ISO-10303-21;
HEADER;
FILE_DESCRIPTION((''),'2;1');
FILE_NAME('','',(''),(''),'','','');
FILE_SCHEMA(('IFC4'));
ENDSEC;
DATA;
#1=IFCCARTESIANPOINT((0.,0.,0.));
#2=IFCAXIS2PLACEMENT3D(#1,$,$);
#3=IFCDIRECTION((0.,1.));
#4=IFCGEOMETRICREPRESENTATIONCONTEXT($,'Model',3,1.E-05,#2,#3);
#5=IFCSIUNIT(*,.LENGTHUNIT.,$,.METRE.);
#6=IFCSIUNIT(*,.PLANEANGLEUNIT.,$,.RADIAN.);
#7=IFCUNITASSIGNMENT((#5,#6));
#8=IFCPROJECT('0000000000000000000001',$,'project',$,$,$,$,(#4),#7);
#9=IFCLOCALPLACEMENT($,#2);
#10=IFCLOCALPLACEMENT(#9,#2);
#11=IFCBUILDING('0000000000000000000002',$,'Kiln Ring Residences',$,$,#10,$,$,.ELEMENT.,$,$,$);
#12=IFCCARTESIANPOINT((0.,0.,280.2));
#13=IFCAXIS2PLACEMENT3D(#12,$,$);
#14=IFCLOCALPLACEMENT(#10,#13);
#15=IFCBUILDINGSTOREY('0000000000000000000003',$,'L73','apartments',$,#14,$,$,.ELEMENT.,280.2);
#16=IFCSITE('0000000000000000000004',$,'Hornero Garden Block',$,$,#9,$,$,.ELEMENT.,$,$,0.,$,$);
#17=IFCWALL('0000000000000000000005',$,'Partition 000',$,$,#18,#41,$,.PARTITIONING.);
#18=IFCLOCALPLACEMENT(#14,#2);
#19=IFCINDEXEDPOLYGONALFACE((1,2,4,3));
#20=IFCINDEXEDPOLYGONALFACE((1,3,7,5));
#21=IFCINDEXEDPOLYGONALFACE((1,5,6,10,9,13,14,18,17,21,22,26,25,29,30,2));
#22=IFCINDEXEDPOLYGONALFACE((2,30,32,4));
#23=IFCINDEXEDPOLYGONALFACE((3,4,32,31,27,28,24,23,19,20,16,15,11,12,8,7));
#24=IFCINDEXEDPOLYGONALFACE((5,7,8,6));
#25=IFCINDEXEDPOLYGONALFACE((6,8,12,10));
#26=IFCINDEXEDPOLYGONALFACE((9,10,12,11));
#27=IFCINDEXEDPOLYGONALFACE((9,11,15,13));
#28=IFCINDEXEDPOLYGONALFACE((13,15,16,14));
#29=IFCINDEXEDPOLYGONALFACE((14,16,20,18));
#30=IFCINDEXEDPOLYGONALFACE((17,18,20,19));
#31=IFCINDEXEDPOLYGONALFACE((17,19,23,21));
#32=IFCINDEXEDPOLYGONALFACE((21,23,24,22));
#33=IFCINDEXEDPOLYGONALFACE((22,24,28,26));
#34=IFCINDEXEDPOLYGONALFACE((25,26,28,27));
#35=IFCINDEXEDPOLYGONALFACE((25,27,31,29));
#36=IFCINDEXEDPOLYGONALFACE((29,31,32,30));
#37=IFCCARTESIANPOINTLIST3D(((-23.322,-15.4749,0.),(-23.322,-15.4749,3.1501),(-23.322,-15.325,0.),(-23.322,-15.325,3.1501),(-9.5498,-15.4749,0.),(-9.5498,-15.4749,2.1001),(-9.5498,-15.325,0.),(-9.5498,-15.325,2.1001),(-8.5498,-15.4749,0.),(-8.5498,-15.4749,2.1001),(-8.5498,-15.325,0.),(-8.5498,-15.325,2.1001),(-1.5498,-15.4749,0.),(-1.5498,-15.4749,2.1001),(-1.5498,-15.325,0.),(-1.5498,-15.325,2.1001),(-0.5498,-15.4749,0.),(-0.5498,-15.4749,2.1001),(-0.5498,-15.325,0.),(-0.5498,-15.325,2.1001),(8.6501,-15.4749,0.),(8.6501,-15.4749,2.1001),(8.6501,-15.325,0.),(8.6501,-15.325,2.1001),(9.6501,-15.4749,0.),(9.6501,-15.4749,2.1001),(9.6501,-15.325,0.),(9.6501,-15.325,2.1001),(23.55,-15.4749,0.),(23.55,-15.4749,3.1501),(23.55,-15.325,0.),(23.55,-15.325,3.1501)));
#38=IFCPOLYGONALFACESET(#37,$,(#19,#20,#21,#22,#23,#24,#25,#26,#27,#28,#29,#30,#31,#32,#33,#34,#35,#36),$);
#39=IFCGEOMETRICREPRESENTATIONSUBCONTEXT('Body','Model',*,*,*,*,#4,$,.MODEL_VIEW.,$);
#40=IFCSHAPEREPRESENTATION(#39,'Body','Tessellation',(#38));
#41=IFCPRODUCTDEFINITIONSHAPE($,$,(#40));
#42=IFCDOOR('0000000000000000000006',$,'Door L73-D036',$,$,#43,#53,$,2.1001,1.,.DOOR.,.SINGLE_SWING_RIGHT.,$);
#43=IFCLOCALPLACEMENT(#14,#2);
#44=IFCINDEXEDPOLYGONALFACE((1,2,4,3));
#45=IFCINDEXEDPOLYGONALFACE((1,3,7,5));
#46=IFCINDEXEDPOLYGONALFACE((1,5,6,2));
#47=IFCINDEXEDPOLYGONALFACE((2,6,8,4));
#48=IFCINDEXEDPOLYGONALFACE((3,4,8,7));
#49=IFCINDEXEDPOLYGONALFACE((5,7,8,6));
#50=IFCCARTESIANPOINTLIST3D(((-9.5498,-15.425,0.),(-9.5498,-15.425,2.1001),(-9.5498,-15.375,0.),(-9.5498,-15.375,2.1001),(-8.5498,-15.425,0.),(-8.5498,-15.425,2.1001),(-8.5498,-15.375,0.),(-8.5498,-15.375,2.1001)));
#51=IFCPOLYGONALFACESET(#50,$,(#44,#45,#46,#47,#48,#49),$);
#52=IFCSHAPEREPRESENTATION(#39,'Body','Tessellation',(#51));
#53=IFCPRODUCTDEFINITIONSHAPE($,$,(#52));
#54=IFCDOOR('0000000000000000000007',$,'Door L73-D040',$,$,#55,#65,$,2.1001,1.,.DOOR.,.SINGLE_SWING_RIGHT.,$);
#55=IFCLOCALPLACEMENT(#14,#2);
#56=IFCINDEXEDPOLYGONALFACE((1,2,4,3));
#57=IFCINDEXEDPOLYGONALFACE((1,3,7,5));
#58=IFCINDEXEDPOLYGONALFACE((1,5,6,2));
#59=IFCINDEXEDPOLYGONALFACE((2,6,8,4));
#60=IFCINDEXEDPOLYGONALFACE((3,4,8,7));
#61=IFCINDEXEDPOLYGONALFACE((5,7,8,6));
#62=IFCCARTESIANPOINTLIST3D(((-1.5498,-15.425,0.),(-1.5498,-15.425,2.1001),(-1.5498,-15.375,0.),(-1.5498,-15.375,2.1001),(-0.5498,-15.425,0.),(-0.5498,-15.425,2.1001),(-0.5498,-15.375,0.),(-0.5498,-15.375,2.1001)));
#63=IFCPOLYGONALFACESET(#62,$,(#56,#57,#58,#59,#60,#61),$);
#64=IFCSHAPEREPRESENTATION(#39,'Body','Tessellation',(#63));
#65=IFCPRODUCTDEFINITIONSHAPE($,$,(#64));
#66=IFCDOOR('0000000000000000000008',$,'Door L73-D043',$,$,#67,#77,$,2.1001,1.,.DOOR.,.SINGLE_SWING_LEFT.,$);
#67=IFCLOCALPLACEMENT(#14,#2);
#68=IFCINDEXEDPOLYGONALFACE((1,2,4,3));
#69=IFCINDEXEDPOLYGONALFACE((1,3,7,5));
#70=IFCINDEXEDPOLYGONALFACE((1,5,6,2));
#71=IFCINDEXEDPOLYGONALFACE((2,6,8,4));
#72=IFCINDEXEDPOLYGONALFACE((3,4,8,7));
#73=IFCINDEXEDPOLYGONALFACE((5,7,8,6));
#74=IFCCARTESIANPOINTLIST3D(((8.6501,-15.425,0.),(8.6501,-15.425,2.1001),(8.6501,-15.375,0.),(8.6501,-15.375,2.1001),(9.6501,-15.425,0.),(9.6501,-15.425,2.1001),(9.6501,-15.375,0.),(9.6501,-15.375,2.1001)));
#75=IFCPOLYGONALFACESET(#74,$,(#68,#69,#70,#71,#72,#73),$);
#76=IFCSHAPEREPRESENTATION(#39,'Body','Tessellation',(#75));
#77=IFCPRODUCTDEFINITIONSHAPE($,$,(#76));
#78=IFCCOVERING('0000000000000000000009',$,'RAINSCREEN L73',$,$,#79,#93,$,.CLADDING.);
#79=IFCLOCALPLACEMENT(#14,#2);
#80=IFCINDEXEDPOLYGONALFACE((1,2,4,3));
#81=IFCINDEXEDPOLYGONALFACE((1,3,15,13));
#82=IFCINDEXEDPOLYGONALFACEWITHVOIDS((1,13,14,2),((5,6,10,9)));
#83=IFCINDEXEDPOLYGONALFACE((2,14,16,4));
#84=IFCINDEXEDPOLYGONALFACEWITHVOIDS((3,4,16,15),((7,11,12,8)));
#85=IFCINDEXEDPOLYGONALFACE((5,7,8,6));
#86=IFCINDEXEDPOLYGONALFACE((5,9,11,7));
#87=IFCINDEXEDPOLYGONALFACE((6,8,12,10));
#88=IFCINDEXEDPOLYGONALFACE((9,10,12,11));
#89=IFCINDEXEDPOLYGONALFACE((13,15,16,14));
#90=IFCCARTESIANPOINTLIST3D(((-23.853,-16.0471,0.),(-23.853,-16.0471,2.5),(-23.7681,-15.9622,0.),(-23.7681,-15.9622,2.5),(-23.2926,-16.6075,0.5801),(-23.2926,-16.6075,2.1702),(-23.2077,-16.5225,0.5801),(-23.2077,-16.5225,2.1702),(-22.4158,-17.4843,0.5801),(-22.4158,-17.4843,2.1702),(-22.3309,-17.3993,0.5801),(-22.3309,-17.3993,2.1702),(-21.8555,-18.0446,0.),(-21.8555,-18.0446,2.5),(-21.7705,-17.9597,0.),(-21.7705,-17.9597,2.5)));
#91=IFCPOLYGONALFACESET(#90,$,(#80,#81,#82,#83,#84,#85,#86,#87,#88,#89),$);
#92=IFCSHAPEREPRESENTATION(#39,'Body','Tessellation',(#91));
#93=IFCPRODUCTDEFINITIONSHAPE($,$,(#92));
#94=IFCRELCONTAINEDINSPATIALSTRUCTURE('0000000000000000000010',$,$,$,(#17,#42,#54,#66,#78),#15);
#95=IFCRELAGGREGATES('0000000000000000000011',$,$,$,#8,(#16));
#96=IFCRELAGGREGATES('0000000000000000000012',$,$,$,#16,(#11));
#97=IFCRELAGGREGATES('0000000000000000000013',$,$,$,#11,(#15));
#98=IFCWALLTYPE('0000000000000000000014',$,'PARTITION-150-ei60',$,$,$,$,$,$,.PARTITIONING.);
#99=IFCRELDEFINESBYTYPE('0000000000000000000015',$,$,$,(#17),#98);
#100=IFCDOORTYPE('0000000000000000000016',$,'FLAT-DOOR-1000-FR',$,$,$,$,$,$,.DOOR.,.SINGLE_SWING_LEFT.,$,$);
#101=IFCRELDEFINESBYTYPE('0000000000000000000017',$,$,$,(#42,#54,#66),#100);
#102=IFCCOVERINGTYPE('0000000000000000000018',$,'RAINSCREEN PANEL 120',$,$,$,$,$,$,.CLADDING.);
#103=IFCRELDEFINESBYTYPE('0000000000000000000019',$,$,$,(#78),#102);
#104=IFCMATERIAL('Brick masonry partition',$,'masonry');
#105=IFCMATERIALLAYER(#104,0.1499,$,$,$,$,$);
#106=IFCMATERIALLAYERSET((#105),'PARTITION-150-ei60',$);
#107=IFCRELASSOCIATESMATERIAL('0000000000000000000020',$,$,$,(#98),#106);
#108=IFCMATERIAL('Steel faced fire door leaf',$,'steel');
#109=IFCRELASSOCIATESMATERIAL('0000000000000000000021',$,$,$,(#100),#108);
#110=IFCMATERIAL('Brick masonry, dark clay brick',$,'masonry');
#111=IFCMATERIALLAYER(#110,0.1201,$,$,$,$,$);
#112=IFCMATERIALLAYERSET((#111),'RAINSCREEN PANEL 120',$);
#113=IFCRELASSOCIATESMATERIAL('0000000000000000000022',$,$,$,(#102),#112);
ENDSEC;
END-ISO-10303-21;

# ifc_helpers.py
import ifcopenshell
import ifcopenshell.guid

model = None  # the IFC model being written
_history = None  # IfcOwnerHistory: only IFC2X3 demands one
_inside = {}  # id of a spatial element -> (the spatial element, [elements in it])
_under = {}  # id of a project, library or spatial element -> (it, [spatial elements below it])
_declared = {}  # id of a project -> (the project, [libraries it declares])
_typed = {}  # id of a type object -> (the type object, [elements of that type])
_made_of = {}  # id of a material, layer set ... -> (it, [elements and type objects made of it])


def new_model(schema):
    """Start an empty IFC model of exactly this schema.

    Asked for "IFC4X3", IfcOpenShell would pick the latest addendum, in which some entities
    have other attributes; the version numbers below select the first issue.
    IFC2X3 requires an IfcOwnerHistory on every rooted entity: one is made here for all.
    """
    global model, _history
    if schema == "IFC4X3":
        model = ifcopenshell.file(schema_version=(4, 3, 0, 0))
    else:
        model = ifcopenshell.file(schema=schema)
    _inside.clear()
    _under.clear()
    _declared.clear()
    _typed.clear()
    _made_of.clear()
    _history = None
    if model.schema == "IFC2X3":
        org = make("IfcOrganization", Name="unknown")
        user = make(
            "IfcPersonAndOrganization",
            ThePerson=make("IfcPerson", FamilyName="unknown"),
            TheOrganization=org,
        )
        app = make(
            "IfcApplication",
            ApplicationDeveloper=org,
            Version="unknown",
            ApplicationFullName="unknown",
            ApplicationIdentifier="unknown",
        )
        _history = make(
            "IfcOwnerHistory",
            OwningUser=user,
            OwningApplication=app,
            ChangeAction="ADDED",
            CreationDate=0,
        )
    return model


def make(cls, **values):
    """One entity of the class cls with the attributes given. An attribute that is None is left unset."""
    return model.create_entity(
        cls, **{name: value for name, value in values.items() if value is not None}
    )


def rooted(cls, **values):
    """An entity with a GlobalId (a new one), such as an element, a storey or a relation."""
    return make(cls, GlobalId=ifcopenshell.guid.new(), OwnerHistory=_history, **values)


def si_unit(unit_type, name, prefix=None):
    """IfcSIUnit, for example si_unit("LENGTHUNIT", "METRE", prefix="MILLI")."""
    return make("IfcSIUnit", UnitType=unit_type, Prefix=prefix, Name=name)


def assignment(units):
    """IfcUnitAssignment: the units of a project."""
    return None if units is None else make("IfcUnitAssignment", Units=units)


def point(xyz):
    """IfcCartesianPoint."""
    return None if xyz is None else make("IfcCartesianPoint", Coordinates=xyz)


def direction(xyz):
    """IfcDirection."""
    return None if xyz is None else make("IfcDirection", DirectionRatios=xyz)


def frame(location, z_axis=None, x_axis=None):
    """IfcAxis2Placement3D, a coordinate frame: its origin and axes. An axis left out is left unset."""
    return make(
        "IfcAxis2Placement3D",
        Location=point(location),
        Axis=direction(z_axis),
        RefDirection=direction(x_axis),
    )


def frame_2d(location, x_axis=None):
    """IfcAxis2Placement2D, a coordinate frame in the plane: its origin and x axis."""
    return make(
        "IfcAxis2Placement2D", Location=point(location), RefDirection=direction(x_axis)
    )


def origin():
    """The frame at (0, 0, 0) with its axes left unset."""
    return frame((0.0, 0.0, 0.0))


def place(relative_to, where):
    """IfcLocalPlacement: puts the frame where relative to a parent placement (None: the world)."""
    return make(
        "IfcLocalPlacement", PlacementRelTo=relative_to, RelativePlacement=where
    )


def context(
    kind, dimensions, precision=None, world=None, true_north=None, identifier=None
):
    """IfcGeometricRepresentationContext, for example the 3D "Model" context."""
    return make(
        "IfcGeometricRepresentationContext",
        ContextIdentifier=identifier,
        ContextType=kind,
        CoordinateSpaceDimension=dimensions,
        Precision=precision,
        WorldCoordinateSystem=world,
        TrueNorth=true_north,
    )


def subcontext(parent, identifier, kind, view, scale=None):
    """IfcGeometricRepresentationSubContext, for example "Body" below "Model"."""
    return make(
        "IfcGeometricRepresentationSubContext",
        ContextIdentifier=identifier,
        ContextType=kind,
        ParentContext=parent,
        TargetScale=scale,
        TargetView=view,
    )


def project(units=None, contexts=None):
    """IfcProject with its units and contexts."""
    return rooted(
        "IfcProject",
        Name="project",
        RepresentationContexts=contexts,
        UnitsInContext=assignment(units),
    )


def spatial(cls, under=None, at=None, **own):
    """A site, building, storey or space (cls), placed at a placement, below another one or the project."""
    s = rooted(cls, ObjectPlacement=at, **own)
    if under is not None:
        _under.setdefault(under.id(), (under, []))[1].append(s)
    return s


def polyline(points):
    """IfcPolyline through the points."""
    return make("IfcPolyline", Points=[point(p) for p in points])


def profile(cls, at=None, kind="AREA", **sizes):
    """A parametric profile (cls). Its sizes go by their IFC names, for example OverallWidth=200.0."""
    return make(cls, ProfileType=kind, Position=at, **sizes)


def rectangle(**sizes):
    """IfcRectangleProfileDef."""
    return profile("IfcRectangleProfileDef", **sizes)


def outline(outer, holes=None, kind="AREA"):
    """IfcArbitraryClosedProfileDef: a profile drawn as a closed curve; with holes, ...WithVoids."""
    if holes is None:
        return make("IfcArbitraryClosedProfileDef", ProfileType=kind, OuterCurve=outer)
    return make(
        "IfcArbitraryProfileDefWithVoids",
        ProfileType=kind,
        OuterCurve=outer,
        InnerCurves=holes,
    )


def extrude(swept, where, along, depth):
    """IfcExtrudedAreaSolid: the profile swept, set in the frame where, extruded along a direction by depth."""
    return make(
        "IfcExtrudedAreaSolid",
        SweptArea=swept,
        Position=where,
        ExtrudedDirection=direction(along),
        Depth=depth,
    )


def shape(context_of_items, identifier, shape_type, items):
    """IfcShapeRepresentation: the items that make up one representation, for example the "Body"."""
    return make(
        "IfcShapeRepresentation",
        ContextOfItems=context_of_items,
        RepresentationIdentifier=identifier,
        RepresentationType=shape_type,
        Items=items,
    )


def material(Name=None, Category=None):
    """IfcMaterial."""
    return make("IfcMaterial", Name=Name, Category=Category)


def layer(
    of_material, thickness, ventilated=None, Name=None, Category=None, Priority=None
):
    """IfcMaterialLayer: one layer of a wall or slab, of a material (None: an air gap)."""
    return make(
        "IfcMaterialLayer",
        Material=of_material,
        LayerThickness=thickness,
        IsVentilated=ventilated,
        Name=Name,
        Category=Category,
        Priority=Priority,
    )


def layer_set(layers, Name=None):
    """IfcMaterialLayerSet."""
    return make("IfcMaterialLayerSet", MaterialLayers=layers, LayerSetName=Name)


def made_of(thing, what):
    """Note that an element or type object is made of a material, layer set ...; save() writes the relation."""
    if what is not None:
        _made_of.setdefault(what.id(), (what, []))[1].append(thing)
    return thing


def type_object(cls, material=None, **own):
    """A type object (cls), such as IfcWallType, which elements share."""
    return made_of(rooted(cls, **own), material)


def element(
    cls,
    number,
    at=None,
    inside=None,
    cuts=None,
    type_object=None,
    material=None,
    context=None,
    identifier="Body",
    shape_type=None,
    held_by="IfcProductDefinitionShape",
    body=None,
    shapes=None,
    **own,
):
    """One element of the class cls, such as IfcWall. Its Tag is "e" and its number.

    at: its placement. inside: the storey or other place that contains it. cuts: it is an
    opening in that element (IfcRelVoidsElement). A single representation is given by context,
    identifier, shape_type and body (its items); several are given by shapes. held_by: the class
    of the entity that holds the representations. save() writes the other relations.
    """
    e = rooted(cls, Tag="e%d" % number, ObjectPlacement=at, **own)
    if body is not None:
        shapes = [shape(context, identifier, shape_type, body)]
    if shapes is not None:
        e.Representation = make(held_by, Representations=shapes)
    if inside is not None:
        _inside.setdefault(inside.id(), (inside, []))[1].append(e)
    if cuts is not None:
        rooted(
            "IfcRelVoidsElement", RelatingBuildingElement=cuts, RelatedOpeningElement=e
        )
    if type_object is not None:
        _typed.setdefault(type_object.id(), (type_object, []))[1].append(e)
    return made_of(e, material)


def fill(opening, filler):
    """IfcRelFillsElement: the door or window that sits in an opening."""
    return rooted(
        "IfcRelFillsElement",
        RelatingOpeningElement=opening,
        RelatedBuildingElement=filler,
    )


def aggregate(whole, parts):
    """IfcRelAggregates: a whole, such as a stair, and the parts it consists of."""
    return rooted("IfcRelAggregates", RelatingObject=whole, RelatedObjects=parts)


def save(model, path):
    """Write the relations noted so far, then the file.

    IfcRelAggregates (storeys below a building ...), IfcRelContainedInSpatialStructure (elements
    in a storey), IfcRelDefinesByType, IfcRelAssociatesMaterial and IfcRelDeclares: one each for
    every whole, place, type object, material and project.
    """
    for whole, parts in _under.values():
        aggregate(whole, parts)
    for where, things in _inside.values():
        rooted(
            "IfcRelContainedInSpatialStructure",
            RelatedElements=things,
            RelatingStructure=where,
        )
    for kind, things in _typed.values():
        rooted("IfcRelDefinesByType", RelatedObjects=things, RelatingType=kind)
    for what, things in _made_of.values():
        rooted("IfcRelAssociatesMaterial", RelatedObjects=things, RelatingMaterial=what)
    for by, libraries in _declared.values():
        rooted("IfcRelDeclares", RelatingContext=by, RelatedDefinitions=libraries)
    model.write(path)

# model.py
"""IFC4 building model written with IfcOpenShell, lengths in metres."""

from ifc_helpers import new_model, si_unit, direction, frame, frame_2d, origin, place, context, subcontext, project, spatial, polyline, rectangle, outline, extrude, material, layer, layer_set, type_object, element, fill, save


model = new_model("IFC4")

# Units and contexts
model_context = context("Model", 3, precision=1e-05, world=origin(), true_north=direction((0.0, 1.0)))
body_context = subcontext(model_context, "Body", "Model", "MODEL_VIEW")
ifc_project = project(units=[si_unit("LENGTHUNIT", "METRE"), si_unit("PLANEANGLEUNIT", "RADIAN")], contexts=[model_context])

# Site, building, storey
site_placement = place(None, origin())
site = spatial("IfcSite", under=ifc_project, at=site_placement, Name="Hornero Garden Block", CompositionType="ELEMENT", RefElevation=0.0)
building_placement = place(site_placement, origin())
building = spatial("IfcBuilding", under=site, at=building_placement, Name="Kiln Ring Residences", CompositionType="ELEMENT")
storey_placement = place(building_placement, frame((0.0, 0.0, 280.2)))
storey = spatial("IfcBuildingStorey", under=building, at=storey_placement, Name="L73", Description="apartments", CompositionType="ELEMENT", Elevation=280.2)

# Wall, openings, doors
ifc_material_1 = material(Name="Brick masonry partition", Category="masonry")
ifc_layer_1 = layer(ifc_material_1, 0.1499)
ifc_layer_set_1 = layer_set([ifc_layer_1], Name="PARTITION-150-ei60")
wall_type_1 = type_object("IfcWallType", Name="PARTITION-150-ei60", PredefinedType="PARTITIONING", material=ifc_layer_set_1)
wall_1_placement = place(storey_placement, frame((-23.322, -15.3999, 0.0), z_axis=(0.0, 0.0, 1.0), x_axis=(1.0, 0.0, 0.0)))
wall_1 = element("IfcWall", 1, at=wall_1_placement, inside=storey, type_object=wall_type_1, Name="Partition 000", PredefinedType="PARTITIONING", context=body_context, shape_type="SweptSolid", body=[
    extrude(rectangle(XDim=46.8721, YDim=0.1499, at=frame_2d((23.436, 0.0))), origin(), (0.0, 0.0, 1.0), 3.1501),
])
opening_1_placement = place(wall_1_placement, frame((13.7722, 0.0, 0.0)))
opening_1 = element("IfcOpeningElement", 2, at=opening_1_placement, cuts=wall_1, PredefinedType="OPENING", context=body_context, shape_type="SweptSolid", body=[
    extrude(rectangle(XDim=1.0, YDim=2.1001, at=frame_2d((0.5, 1.05))), frame((0.0, 0.085, 0.0), z_axis=(0.0, -1.0, 0.0), x_axis=(1.0, 0.0, 0.0)), (0.0, 0.0, 1.0), 0.1699),
])
opening_2_placement = place(wall_1_placement, frame((21.7722, 0.0, 0.0)))
opening_2 = element("IfcOpeningElement", 3, at=opening_2_placement, cuts=wall_1, PredefinedType="OPENING", context=body_context, shape_type="SweptSolid", body=[
    extrude(rectangle(XDim=1.0, YDim=2.1001, at=frame_2d((0.5, 1.05))), frame((0.0, 0.085, 0.0), z_axis=(0.0, -1.0, 0.0), x_axis=(1.0, 0.0, 0.0)), (0.0, 0.0, 1.0), 0.1699),
])
opening_3_placement = place(wall_1_placement, frame((31.9722, 0.0, 0.0)))
opening_3 = element("IfcOpeningElement", 4, at=opening_3_placement, cuts=wall_1, PredefinedType="OPENING", context=body_context, shape_type="SweptSolid", body=[
    extrude(rectangle(XDim=1.0, YDim=2.1001, at=frame_2d((0.5, 1.05))), frame((0.0, 0.085, 0.0), z_axis=(0.0, -1.0, 0.0), x_axis=(1.0, 0.0, 0.0)), (0.0, 0.0, 1.0), 0.1699),
])
ifc_material_2 = material(Name="Steel faced fire door leaf", Category="steel")
door_type = type_object("IfcDoorType", Name="FLAT-DOOR-1000-FR", OperationType="SINGLE_SWING_LEFT", PredefinedType="DOOR", material=ifc_material_2)
door_1_placement = place(opening_1_placement, origin())
door_1 = element("IfcDoor", 5, at=door_1_placement, inside=storey, type_object=door_type, Name="Door L73-D036", OperationType="SINGLE_SWING_RIGHT", OverallHeight=2.1001, OverallWidth=1.0, PredefinedType="DOOR", context=body_context, shape_type="SweptSolid", body=[
    extrude(rectangle(XDim=1.0, YDim=2.1001, at=frame_2d((0.5, 1.05))), frame((0.0, 0.0249, 0.0), z_axis=(0.0, -1.0, 0.0), x_axis=(1.0, 0.0, 0.0)), (0.0, 0.0, 1.0), 0.05),
])
fill(opening_1, door_1)
door_2_placement = place(opening_2_placement, origin())
door_2 = element("IfcDoor", 6, at=door_2_placement, inside=storey, type_object=door_type, Name="Door L73-D040", OperationType="SINGLE_SWING_RIGHT", OverallHeight=2.1001, OverallWidth=1.0, PredefinedType="DOOR", context=body_context, shape_type="SweptSolid", body=[
    extrude(rectangle(XDim=1.0, YDim=2.1001, at=frame_2d((0.5, 1.05))), frame((0.0, 0.0249, 0.0), z_axis=(0.0, -1.0, 0.0), x_axis=(1.0, 0.0, 0.0)), (0.0, 0.0, 1.0), 0.05),
])
fill(opening_2, door_2)
door_3_placement = place(opening_3_placement, origin())
door_3 = element("IfcDoor", 7, at=door_3_placement, inside=storey, type_object=door_type, Name="Door L73-D043", OperationType="SINGLE_SWING_LEFT", OverallHeight=2.1001, OverallWidth=1.0, PredefinedType="DOOR", context=body_context, shape_type="SweptSolid", body=[
    extrude(rectangle(XDim=1.0, YDim=2.1001, at=frame_2d((0.5, 1.05))), frame((0.0, 0.0249, 0.0), z_axis=(0.0, -1.0, 0.0), x_axis=(1.0, 0.0, 0.0)), (0.0, 0.0, 1.0), 0.05),
])
fill(opening_3, door_3)

# Covering
ifc_material_3 = material(Name="Brick masonry, dark clay brick", Category="masonry")
ifc_layer_2 = layer(ifc_material_3, 0.1201)
ifc_layer_set_2 = layer_set([ifc_layer_2], Name="RAINSCREEN PANEL 120")
covering_type = type_object("IfcCoveringType", Name="RAINSCREEN PANEL 120", PredefinedType="CLADDING", material=ifc_layer_set_2)
covering_placement = place(storey_placement, frame((-23.8105, -16.0046, 0.0), z_axis=(0.0, 0.0, 1.0), x_axis=(0.707107, -0.707107, 0.0)))
element("IfcCovering", 8, at=covering_placement, inside=storey, type_object=covering_type, Name="RAINSCREEN L73", PredefinedType="CLADDING", context=body_context, shape_type="SweptSolid", body=[
    extrude(outline(polyline([(0.0, 0.0), (2.825, 0.0), (2.825, 2.5), (0.0, 2.5), (0.0, 0.0)]), holes=[polyline([(0.7925, 2.1702), (0.7925, 0.5801), (2.0325, 0.5801), (2.0325, 2.1702), (0.7925, 2.1702)])]), frame((0.0, 0.0601, 0.0), z_axis=(0.0, -1.0, 0.0), x_axis=(1.0, 0.0, 0.0)), (0.0, 0.0, 1.0), 0.1201),
])

save(model, "model.ifc")
